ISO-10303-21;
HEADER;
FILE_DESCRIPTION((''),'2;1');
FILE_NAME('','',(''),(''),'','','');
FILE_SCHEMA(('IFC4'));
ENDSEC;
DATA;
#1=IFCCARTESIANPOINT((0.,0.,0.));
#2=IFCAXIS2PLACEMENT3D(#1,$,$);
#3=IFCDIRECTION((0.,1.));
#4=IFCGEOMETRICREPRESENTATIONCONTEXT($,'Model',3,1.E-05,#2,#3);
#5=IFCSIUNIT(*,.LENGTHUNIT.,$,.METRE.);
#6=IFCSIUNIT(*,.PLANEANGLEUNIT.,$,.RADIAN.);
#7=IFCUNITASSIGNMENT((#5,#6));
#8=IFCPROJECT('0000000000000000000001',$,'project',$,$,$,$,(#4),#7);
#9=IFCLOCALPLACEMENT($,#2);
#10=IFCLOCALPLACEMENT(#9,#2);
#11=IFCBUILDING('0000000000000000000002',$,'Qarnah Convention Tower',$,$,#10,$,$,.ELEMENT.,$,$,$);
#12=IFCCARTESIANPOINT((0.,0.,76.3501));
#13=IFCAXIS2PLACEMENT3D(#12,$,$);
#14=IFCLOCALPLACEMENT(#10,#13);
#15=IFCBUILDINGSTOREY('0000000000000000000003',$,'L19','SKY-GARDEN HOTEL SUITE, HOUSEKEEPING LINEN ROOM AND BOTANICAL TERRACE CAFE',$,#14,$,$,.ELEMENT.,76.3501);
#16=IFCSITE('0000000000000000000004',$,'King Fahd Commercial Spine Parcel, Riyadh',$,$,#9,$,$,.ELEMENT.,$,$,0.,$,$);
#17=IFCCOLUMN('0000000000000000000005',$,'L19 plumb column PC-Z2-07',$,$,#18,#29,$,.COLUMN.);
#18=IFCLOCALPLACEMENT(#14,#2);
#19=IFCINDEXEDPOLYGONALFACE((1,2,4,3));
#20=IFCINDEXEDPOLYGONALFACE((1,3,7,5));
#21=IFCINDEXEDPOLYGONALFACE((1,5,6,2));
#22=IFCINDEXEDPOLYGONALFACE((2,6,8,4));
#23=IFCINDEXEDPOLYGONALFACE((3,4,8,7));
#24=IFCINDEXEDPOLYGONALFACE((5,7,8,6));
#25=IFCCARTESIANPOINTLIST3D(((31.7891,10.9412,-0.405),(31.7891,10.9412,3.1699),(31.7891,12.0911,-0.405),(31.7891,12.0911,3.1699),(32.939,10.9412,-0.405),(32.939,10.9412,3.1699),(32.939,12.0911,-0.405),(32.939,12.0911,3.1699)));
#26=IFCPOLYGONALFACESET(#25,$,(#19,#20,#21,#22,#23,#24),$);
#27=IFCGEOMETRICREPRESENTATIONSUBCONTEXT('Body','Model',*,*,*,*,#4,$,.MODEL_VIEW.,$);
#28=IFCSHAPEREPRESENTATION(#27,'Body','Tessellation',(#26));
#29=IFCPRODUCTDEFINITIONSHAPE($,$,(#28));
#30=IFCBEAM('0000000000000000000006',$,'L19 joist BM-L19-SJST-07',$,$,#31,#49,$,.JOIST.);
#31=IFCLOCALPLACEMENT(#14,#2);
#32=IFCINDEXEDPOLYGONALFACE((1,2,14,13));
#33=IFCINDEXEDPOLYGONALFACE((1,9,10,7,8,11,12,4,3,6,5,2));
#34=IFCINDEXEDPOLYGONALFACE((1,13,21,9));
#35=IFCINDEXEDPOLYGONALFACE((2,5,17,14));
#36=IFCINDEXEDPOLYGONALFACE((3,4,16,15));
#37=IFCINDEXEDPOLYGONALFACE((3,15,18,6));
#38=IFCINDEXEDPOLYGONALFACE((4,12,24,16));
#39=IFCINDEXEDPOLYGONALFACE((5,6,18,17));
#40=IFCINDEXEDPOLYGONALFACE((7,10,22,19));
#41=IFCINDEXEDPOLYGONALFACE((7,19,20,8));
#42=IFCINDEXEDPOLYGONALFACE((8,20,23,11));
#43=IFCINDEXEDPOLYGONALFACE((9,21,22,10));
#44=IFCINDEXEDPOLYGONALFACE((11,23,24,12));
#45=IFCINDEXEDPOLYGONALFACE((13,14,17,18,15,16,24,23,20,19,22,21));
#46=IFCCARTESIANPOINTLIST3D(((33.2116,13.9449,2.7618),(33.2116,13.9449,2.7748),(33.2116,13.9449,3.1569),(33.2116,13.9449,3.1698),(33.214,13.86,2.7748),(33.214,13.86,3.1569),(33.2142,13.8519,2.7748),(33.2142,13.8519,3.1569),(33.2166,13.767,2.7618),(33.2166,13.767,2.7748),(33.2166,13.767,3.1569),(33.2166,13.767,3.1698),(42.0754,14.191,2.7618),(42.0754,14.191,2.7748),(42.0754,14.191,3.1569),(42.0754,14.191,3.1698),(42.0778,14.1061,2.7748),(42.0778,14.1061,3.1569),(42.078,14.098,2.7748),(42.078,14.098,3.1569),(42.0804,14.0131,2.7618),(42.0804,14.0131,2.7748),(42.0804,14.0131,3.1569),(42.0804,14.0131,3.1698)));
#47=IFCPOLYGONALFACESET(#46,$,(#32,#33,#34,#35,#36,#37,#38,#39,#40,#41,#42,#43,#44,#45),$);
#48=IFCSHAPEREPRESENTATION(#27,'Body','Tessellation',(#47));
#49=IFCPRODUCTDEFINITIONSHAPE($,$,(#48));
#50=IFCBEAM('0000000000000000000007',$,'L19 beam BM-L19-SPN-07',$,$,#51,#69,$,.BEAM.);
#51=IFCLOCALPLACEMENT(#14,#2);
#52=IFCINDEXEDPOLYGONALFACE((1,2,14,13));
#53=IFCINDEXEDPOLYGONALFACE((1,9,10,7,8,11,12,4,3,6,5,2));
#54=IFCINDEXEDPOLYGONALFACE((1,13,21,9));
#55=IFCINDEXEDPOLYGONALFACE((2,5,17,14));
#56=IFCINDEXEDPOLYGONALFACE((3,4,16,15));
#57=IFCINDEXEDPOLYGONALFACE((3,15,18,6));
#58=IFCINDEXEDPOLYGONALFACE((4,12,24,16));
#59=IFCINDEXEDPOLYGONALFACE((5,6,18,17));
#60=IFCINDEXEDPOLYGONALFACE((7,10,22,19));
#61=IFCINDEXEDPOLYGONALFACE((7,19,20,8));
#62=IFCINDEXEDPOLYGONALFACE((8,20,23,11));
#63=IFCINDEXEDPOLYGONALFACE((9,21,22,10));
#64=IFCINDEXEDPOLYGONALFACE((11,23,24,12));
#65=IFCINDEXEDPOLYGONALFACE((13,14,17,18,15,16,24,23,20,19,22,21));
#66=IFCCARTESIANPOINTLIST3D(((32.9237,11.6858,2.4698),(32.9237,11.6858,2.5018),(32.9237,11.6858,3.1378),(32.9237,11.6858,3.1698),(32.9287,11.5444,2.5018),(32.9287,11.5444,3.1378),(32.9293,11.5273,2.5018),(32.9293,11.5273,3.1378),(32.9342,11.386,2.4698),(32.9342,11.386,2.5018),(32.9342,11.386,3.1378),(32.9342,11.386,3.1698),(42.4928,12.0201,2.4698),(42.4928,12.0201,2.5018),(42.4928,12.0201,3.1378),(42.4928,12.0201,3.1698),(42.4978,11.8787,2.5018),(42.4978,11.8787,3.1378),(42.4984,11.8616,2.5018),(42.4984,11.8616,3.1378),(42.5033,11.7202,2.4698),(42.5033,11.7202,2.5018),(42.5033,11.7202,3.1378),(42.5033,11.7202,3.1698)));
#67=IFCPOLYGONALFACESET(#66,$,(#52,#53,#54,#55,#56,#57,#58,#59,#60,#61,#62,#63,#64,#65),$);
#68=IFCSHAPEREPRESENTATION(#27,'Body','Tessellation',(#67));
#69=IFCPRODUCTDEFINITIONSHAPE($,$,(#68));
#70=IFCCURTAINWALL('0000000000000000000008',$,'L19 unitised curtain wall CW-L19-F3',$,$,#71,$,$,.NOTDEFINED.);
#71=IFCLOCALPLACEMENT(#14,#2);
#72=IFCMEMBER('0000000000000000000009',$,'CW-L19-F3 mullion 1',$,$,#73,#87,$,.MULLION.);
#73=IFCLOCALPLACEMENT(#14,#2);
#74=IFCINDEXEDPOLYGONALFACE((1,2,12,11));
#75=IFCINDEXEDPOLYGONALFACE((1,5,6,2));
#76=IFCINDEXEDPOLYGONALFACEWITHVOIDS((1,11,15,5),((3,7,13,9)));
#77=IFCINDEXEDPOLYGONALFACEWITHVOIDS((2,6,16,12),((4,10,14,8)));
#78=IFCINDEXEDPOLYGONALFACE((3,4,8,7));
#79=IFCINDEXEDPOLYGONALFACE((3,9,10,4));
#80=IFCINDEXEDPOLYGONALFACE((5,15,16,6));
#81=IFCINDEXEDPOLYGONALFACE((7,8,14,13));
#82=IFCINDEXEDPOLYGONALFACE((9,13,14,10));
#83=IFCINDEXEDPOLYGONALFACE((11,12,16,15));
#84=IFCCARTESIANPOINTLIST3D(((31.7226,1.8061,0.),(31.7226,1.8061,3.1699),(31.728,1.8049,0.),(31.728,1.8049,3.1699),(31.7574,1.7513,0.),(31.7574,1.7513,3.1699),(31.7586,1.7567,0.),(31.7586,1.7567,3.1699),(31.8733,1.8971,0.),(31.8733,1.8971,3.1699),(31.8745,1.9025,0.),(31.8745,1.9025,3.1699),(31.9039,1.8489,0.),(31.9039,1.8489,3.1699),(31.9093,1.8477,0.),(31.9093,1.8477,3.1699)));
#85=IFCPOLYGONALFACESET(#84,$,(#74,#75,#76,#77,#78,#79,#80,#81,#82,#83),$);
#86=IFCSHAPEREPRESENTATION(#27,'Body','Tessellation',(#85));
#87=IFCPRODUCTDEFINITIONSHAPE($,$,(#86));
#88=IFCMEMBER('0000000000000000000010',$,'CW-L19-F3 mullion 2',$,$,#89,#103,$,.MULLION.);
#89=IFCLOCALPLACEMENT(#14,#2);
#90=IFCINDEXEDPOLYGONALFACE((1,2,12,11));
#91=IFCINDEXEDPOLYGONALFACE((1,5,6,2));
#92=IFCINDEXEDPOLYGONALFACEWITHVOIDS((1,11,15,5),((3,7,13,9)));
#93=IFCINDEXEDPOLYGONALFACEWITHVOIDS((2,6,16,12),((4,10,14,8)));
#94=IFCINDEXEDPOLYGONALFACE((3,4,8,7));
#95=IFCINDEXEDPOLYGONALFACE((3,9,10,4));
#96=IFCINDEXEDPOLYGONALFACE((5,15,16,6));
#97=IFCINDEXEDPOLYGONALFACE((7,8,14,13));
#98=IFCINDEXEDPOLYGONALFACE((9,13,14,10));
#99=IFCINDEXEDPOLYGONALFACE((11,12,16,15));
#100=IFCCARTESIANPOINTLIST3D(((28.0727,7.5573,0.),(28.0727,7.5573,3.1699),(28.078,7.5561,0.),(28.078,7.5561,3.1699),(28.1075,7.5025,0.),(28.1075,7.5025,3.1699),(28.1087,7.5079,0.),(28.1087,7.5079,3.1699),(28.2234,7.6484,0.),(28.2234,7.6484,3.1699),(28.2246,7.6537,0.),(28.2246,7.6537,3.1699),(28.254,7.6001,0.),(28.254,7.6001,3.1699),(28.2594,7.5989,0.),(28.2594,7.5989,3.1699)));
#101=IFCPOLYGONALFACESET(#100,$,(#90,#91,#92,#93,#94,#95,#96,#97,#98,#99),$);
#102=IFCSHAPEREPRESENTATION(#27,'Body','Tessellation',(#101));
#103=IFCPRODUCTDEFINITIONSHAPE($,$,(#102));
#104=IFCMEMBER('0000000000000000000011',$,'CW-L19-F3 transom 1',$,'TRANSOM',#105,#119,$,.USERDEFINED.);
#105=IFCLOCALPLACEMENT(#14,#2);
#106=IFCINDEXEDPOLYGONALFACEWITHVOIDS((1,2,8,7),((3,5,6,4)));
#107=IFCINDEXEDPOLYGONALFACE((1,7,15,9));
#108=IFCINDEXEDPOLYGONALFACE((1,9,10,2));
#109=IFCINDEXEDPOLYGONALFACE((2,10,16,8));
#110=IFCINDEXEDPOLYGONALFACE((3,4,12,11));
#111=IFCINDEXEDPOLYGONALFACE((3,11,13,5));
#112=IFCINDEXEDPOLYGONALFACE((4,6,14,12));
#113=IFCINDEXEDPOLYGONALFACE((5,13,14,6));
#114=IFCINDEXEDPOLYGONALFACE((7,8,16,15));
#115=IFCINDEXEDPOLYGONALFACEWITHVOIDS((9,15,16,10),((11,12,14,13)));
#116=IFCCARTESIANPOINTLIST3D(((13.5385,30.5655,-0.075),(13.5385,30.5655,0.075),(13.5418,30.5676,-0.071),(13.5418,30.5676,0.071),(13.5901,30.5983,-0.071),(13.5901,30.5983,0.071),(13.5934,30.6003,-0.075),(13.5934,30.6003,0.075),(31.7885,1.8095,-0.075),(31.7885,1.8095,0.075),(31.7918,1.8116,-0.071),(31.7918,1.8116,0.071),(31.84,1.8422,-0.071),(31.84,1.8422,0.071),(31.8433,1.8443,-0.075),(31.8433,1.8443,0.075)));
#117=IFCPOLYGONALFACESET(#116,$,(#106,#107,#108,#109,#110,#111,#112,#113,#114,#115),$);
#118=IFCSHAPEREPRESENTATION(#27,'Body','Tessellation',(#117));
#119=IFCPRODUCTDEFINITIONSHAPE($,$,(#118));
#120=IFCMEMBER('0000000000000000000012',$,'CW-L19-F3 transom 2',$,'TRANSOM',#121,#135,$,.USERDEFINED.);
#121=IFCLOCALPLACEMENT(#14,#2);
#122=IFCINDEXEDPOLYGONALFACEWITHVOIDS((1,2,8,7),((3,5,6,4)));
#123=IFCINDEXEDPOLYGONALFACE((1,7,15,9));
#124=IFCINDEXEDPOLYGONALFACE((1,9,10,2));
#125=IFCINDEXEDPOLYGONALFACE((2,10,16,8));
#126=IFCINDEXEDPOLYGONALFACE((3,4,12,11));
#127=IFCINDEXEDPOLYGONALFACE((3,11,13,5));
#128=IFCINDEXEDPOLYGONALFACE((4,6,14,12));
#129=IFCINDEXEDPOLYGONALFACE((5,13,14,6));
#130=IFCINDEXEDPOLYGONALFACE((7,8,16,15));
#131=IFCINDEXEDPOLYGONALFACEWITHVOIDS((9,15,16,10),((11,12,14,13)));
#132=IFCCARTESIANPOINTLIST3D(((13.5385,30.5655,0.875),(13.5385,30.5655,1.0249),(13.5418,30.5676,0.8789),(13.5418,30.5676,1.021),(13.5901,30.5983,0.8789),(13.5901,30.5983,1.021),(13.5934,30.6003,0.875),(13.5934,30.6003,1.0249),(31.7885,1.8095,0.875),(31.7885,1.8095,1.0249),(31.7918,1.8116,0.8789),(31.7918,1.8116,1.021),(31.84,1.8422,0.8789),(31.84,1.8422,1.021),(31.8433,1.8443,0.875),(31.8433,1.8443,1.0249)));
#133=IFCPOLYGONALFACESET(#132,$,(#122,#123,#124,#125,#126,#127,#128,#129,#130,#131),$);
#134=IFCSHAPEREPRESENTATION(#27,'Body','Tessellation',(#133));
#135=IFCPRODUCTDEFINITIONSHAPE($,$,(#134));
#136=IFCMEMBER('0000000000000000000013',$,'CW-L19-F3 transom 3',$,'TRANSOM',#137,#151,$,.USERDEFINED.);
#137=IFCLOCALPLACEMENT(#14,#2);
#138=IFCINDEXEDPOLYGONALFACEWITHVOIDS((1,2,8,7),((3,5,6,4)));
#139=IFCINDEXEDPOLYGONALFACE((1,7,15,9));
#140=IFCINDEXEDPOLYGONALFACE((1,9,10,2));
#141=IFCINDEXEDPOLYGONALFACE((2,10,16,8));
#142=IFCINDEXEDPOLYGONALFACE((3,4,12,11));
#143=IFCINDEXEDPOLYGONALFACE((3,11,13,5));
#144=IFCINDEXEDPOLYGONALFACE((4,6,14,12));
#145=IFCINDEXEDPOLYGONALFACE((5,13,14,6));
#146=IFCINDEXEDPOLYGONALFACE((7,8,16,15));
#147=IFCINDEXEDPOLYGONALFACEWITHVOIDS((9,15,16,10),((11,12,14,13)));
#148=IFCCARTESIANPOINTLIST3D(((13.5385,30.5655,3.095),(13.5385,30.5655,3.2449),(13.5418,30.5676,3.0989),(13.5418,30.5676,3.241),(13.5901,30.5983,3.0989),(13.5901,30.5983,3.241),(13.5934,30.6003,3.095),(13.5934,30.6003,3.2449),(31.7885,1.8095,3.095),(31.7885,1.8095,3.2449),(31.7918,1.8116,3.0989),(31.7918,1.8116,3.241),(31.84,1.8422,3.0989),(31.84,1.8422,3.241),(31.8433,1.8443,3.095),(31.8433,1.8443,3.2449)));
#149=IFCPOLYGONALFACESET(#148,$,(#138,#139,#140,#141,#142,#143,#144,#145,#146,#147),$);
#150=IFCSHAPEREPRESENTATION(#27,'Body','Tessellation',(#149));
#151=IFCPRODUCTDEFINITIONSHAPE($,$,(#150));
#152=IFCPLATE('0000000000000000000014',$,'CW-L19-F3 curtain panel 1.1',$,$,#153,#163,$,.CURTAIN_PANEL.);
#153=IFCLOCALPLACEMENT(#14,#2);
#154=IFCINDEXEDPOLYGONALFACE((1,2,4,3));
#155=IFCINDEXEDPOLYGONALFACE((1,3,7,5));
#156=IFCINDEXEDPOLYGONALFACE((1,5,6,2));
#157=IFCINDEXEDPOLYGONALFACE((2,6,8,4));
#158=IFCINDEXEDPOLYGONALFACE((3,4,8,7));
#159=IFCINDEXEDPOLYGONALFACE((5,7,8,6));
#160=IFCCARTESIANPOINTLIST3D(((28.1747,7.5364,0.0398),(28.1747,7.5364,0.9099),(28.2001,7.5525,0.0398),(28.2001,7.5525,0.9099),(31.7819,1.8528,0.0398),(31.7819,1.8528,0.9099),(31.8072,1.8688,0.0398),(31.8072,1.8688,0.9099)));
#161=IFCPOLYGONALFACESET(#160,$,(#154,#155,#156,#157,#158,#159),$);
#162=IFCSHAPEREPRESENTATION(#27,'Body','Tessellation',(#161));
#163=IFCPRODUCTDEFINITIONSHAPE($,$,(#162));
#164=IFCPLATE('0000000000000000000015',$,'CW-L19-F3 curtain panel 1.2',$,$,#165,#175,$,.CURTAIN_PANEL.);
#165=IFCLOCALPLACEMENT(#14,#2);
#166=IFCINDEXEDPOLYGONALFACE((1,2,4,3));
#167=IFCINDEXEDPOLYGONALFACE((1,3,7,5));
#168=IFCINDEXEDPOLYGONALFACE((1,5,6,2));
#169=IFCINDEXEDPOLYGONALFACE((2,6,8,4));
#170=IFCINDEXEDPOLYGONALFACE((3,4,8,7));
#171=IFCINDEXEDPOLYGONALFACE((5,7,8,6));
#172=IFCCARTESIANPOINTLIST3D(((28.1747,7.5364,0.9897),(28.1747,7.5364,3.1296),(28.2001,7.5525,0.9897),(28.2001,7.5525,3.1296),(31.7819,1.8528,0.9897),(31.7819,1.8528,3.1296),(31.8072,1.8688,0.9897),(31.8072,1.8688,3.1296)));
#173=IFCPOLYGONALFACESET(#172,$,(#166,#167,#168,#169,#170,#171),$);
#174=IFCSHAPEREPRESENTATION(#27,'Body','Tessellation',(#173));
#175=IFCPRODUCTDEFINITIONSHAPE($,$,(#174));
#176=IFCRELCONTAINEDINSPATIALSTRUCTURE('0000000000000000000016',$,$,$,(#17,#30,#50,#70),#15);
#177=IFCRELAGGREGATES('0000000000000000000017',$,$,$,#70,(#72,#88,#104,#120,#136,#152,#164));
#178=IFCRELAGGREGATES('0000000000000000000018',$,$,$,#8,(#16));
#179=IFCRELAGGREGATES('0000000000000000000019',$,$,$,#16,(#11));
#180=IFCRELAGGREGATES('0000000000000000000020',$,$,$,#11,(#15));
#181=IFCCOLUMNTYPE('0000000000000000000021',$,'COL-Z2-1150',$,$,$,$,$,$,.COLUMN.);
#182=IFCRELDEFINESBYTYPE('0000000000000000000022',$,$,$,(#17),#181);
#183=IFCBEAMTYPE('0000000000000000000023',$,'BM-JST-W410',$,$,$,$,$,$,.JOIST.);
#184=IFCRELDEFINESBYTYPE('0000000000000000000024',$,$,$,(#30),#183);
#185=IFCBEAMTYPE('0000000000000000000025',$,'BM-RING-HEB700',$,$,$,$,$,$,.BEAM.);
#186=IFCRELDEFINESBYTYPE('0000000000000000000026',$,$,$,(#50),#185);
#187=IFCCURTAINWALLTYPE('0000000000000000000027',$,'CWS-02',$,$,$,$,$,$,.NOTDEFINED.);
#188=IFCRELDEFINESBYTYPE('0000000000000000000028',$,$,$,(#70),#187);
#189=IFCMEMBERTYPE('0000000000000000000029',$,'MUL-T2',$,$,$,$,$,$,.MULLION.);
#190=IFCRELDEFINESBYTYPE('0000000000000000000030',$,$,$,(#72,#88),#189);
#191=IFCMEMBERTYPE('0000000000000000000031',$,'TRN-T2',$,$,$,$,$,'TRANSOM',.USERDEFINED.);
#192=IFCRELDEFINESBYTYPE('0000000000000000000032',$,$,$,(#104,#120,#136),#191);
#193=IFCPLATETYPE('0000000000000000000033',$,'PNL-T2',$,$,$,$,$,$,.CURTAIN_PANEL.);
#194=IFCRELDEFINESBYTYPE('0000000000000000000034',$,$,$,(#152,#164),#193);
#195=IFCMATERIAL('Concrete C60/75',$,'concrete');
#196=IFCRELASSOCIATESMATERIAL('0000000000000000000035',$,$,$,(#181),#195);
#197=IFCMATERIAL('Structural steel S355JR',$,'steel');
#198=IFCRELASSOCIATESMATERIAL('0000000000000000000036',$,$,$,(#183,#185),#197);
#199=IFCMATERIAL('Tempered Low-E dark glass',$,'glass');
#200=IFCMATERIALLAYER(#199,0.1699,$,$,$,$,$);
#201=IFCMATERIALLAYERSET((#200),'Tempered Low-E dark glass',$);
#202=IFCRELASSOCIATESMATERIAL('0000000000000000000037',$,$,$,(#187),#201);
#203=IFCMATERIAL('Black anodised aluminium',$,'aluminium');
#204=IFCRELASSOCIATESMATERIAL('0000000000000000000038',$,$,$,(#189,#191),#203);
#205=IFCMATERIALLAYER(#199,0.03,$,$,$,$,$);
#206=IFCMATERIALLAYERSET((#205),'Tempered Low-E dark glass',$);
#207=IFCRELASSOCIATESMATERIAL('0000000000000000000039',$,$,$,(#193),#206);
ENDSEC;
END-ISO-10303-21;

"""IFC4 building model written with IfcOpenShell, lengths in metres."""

from ifc_helpers import new_model, si_unit, direction, frame, origin, origin_2d, place, context, subcontext, project, spatial, rectangle, hollow_rectangle, i_section, extrude, material, layer, layer_set, material_profile, profile_set, type_object, element, aggregate, save


model = new_model("IFC4")

# Units and contexts
model_context = context("Model", 3, precision=1e-05, world=origin(), true_north=direction((0.0, 1.0)))
body_context = subcontext(model_context, "Body", "Model", "MODEL_VIEW")
ifc_project = project(units=[si_unit("LENGTHUNIT", "METRE"), si_unit("PLANEANGLEUNIT", "RADIAN")], contexts=[model_context])

# Site, building, storey
site_placement = place(None, origin())
site = spatial("IfcSite", under=ifc_project, at=site_placement, Name="King Fahd Commercial Spine Parcel, Riyadh", CompositionType="ELEMENT", RefElevation=0.0)
building_placement = place(site_placement, origin())
building = spatial("IfcBuilding", under=site, at=building_placement, Name="Qarnah Convention Tower", CompositionType="ELEMENT")
storey_placement = place(building_placement, frame((0.0, 0.0, 76.3501)))
storey = spatial("IfcBuildingStorey", under=building, at=storey_placement, Name="L19", Description="SKY-GARDEN HOTEL SUITE, HOUSEKEEPING LINEN ROOM AND BOTANICAL TERRACE CAFE", CompositionType="ELEMENT", Elevation=76.3501)

# Column
ifc_material_1 = material(Name="Concrete C60/75", Category="concrete")
ifc_material_profile_1 = material_profile(ifc_material_1, rectangle(XDim=1.1499, YDim=1.1499, at=origin_2d()), Name="RC-COL-1150X1150")
ifc_profile_set_1 = profile_set([ifc_material_profile_1], Name="Concrete C60/75")
column_type = type_object("IfcColumnType", Name="COL-Z2-1150", PredefinedType="COLUMN", material=ifc_profile_set_1)
column_placement = place(storey_placement, frame((32.364, 11.5161, -0.405), z_axis=(0.0, 0.0, 1.0), x_axis=(1.0, 0.0, 0.0)))
element("IfcColumn", 1, at=column_placement, inside=storey, type_object=column_type, Name="L19 plumb column PC-Z2-07", PredefinedType="COLUMN", context=body_context, shape_type="SweptSolid", body=[
    extrude(rectangle(XDim=1.1499, YDim=1.1499, at=origin_2d()), origin(), (0.0, 0.0, 1.0), 3.575),
])

# Beams
ifc_material_2 = material(Name="Structural steel S355JR", Category="steel")
ifc_material_profile_2 = material_profile(ifc_material_2, i_section(OverallWidth=0.178, OverallDepth=0.408, WebThickness=0.0081, FlangeThickness=0.0129, at=origin_2d()), Name="W410X60")
ifc_profile_set_2 = profile_set([ifc_material_profile_2], Name="Structural steel S355JR")
beam_type_1 = type_object("IfcBeamType", Name="BM-JST-W410", PredefinedType="JOIST", material=ifc_profile_set_2)
beam_1_placement = place(storey_placement, frame((33.2141, 13.856, 2.9658), z_axis=(0.999615, 0.027753, 0.0), x_axis=(-0.027753, 0.999615, 0.0)))
element("IfcBeam", 2, at=beam_1_placement, inside=storey, type_object=beam_type_1, Name="L19 joist BM-L19-SJST-07", PredefinedType="JOIST", context=body_context, shape_type="SweptSolid", body=[
    extrude(i_section(OverallWidth=0.178, OverallDepth=0.408, WebThickness=0.0081, FlangeThickness=0.0129, at=origin_2d()), origin(), (0.0, 0.0, 1.0), 8.8672),
])
ifc_material_profile_3 = material_profile(ifc_material_2, i_section(OverallWidth=0.3, OverallDepth=0.7, WebThickness=0.0171, FlangeThickness=0.032, at=origin_2d()), Name="HEB700")
ifc_profile_set_3 = profile_set([ifc_material_profile_3], Name="Structural steel S355JR")
beam_type_2 = type_object("IfcBeamType", Name="BM-RING-HEB700", PredefinedType="BEAM", material=ifc_profile_set_3)
beam_2_placement = place(storey_placement, frame((32.929, 11.5359, 2.8198), z_axis=(0.999391, 0.034907, 0.0), x_axis=(-0.034907, 0.999391, 0.0)))
element("IfcBeam", 3, at=beam_2_placement, inside=storey, type_object=beam_type_2, Name="L19 beam BM-L19-SPN-07", PredefinedType="BEAM", context=body_context, shape_type="SweptSolid", body=[
    extrude(i_section(OverallWidth=0.3, OverallDepth=0.7, WebThickness=0.0171, FlangeThickness=0.032, at=origin_2d()), origin(), (0.0, 0.0, 1.0), 9.575),
])

# Curtain wall, members, plates
ifc_material_3 = material(Name="Tempered Low-E dark glass", Category="glass")
ifc_layer_1 = layer(ifc_material_3, 0.1699)
ifc_layer_set_1 = layer_set([ifc_layer_1], Name="Tempered Low-E dark glass")
curtain_wall_type = type_object("IfcCurtainWallType", Name="CWS-02", PredefinedType="NOTDEFINED", material=ifc_layer_set_1)
curtain_wall_placement = place(storey_placement, origin())
curtain_wall = element("IfcCurtainWall", 4, at=curtain_wall_placement, inside=storey, type_object=curtain_wall_type, Name="L19 unitised curtain wall CW-L19-F3", PredefinedType="NOTDEFINED")
ifc_material_4 = material(Name="Black anodised aluminium", Category="aluminium")
ifc_material_profile_4 = material_profile(ifc_material_4, hollow_rectangle(XDim=0.0649, YDim=0.1799, WallThickness=0.0039, at=origin_2d()), Name="MUL-65X180")
ifc_profile_set_4 = profile_set([ifc_material_profile_4], Name="Black anodised aluminium")
member_type_1 = type_object("IfcMemberType", Name="MUL-T2", PredefinedType="MULLION", material=ifc_profile_set_4)
member_1_placement = place(storey_placement, frame((31.8159, 1.8269, 0.0), z_axis=(0.0, 0.0, 1.0), x_axis=(-0.535845, 0.844316, 0.0)))
member_1 = element("IfcMember", 5, at=member_1_placement, type_object=member_type_1, Name="CW-L19-F3 mullion 1", PredefinedType="MULLION", context=body_context, shape_type="SweptSolid", body=[
    extrude(hollow_rectangle(XDim=0.0649, YDim=0.1799, WallThickness=0.0039, at=origin_2d()), origin(), (0.0, 0.0, 1.0), 3.1699),
])
member_2_placement = place(storey_placement, frame((28.166, 7.5781, 0.0), z_axis=(0.0, 0.0, 1.0), x_axis=(-0.535845, 0.844316, 0.0)))
member_2 = element("IfcMember", 6, at=member_2_placement, type_object=member_type_1, Name="CW-L19-F3 mullion 2", PredefinedType="MULLION", context=body_context, shape_type="SweptSolid", body=[
    extrude(hollow_rectangle(XDim=0.0649, YDim=0.1799, WallThickness=0.0039, at=origin_2d()), origin(), (0.0, 0.0, 1.0), 3.1699),
])
ifc_material_profile_5 = material_profile(ifc_material_4, hollow_rectangle(XDim=0.0649, YDim=0.1499, WallThickness=0.0039, at=origin_2d()), Name="TRN-65X150")
ifc_profile_set_5 = profile_set([ifc_material_profile_5], Name="Black anodised aluminium")
member_type_2 = type_object("IfcMemberType", Name="TRN-T2", ElementType="TRANSOM", PredefinedType="USERDEFINED", material=ifc_profile_set_5)
member_3_placement = place(storey_placement, frame((31.8159, 1.8269, 0.0), z_axis=(-0.535844, 0.844317, 0.0), x_axis=(-0.844317, -0.535844, 0.0)))
member_3 = element("IfcMember", 7, at=member_3_placement, type_object=member_type_2, Name="CW-L19-F3 transom 1", ObjectType="TRANSOM", PredefinedType="USERDEFINED", context=body_context, shape_type="SweptSolid", body=[
    extrude(hollow_rectangle(XDim=0.0649, YDim=0.1499, WallThickness=0.0039, at=origin_2d()), origin(), (0.0, 0.0, 1.0), 34.0583),
])
member_4_placement = place(storey_placement, frame((31.8159, 1.8269, 0.95), z_axis=(-0.535844, 0.844317, 0.0), x_axis=(-0.844317, -0.535844, 0.0)))
member_4 = element("IfcMember", 8, at=member_4_placement, type_object=member_type_2, Name="CW-L19-F3 transom 2", ObjectType="TRANSOM", PredefinedType="USERDEFINED", context=body_context, shape_type="SweptSolid", body=[
    extrude(hollow_rectangle(XDim=0.0649, YDim=0.1499, WallThickness=0.0039, at=origin_2d()), origin(), (0.0, 0.0, 1.0), 34.0583),
])
member_5_placement = place(storey_placement, frame((31.8159, 1.8269, 3.1699), z_axis=(-0.535844, 0.844317, 0.0), x_axis=(-0.844317, -0.535844, 0.0)))
member_5 = element("IfcMember", 9, at=member_5_placement, type_object=member_type_2, Name="CW-L19-F3 transom 3", ObjectType="TRANSOM", PredefinedType="USERDEFINED", context=body_context, shape_type="SweptSolid", body=[
    extrude(hollow_rectangle(XDim=0.0649, YDim=0.1499, WallThickness=0.0039, at=origin_2d()), origin(), (0.0, 0.0, 1.0), 34.0583),
])
ifc_layer_2 = layer(ifc_material_3, 0.03)
ifc_layer_set_2 = layer_set([ifc_layer_2], Name="Tempered Low-E dark glass")
plate_type = type_object("IfcPlateType", Name="PNL-T2", PredefinedType="CURTAIN_PANEL", material=ifc_layer_set_2)
plate_1_placement = place(storey_placement, frame((29.991, 4.7026, 0.0398), z_axis=(0.0, 0.0, 1.0), x_axis=(-0.535845, 0.844316, 0.0)))
plate_1 = element("IfcPlate", 10, at=plate_1_placement, type_object=plate_type, Name="CW-L19-F3 curtain panel 1.1", PredefinedType="CURTAIN_PANEL", context=body_context, shape_type="SweptSolid", body=[
    extrude(rectangle(XDim=6.7317, YDim=0.03, at=origin_2d()), origin(), (0.0, 0.0, 1.0), 0.8701),
])
plate_2_placement = place(storey_placement, frame((29.991, 4.7026, 0.9897), z_axis=(0.0, 0.0, 1.0), x_axis=(-0.535845, 0.844316, 0.0)))
plate_2 = element("IfcPlate", 11, at=plate_2_placement, type_object=plate_type, Name="CW-L19-F3 curtain panel 1.2", PredefinedType="CURTAIN_PANEL", context=body_context, shape_type="SweptSolid", body=[
    extrude(rectangle(XDim=6.7317, YDim=0.03, at=origin_2d()), origin(), (0.0, 0.0, 1.0), 2.1399),
])
aggregate(curtain_wall, [member_1, member_2, member_3, member_4, member_5, plate_1, plate_2])

save(model, "model.ifc")
